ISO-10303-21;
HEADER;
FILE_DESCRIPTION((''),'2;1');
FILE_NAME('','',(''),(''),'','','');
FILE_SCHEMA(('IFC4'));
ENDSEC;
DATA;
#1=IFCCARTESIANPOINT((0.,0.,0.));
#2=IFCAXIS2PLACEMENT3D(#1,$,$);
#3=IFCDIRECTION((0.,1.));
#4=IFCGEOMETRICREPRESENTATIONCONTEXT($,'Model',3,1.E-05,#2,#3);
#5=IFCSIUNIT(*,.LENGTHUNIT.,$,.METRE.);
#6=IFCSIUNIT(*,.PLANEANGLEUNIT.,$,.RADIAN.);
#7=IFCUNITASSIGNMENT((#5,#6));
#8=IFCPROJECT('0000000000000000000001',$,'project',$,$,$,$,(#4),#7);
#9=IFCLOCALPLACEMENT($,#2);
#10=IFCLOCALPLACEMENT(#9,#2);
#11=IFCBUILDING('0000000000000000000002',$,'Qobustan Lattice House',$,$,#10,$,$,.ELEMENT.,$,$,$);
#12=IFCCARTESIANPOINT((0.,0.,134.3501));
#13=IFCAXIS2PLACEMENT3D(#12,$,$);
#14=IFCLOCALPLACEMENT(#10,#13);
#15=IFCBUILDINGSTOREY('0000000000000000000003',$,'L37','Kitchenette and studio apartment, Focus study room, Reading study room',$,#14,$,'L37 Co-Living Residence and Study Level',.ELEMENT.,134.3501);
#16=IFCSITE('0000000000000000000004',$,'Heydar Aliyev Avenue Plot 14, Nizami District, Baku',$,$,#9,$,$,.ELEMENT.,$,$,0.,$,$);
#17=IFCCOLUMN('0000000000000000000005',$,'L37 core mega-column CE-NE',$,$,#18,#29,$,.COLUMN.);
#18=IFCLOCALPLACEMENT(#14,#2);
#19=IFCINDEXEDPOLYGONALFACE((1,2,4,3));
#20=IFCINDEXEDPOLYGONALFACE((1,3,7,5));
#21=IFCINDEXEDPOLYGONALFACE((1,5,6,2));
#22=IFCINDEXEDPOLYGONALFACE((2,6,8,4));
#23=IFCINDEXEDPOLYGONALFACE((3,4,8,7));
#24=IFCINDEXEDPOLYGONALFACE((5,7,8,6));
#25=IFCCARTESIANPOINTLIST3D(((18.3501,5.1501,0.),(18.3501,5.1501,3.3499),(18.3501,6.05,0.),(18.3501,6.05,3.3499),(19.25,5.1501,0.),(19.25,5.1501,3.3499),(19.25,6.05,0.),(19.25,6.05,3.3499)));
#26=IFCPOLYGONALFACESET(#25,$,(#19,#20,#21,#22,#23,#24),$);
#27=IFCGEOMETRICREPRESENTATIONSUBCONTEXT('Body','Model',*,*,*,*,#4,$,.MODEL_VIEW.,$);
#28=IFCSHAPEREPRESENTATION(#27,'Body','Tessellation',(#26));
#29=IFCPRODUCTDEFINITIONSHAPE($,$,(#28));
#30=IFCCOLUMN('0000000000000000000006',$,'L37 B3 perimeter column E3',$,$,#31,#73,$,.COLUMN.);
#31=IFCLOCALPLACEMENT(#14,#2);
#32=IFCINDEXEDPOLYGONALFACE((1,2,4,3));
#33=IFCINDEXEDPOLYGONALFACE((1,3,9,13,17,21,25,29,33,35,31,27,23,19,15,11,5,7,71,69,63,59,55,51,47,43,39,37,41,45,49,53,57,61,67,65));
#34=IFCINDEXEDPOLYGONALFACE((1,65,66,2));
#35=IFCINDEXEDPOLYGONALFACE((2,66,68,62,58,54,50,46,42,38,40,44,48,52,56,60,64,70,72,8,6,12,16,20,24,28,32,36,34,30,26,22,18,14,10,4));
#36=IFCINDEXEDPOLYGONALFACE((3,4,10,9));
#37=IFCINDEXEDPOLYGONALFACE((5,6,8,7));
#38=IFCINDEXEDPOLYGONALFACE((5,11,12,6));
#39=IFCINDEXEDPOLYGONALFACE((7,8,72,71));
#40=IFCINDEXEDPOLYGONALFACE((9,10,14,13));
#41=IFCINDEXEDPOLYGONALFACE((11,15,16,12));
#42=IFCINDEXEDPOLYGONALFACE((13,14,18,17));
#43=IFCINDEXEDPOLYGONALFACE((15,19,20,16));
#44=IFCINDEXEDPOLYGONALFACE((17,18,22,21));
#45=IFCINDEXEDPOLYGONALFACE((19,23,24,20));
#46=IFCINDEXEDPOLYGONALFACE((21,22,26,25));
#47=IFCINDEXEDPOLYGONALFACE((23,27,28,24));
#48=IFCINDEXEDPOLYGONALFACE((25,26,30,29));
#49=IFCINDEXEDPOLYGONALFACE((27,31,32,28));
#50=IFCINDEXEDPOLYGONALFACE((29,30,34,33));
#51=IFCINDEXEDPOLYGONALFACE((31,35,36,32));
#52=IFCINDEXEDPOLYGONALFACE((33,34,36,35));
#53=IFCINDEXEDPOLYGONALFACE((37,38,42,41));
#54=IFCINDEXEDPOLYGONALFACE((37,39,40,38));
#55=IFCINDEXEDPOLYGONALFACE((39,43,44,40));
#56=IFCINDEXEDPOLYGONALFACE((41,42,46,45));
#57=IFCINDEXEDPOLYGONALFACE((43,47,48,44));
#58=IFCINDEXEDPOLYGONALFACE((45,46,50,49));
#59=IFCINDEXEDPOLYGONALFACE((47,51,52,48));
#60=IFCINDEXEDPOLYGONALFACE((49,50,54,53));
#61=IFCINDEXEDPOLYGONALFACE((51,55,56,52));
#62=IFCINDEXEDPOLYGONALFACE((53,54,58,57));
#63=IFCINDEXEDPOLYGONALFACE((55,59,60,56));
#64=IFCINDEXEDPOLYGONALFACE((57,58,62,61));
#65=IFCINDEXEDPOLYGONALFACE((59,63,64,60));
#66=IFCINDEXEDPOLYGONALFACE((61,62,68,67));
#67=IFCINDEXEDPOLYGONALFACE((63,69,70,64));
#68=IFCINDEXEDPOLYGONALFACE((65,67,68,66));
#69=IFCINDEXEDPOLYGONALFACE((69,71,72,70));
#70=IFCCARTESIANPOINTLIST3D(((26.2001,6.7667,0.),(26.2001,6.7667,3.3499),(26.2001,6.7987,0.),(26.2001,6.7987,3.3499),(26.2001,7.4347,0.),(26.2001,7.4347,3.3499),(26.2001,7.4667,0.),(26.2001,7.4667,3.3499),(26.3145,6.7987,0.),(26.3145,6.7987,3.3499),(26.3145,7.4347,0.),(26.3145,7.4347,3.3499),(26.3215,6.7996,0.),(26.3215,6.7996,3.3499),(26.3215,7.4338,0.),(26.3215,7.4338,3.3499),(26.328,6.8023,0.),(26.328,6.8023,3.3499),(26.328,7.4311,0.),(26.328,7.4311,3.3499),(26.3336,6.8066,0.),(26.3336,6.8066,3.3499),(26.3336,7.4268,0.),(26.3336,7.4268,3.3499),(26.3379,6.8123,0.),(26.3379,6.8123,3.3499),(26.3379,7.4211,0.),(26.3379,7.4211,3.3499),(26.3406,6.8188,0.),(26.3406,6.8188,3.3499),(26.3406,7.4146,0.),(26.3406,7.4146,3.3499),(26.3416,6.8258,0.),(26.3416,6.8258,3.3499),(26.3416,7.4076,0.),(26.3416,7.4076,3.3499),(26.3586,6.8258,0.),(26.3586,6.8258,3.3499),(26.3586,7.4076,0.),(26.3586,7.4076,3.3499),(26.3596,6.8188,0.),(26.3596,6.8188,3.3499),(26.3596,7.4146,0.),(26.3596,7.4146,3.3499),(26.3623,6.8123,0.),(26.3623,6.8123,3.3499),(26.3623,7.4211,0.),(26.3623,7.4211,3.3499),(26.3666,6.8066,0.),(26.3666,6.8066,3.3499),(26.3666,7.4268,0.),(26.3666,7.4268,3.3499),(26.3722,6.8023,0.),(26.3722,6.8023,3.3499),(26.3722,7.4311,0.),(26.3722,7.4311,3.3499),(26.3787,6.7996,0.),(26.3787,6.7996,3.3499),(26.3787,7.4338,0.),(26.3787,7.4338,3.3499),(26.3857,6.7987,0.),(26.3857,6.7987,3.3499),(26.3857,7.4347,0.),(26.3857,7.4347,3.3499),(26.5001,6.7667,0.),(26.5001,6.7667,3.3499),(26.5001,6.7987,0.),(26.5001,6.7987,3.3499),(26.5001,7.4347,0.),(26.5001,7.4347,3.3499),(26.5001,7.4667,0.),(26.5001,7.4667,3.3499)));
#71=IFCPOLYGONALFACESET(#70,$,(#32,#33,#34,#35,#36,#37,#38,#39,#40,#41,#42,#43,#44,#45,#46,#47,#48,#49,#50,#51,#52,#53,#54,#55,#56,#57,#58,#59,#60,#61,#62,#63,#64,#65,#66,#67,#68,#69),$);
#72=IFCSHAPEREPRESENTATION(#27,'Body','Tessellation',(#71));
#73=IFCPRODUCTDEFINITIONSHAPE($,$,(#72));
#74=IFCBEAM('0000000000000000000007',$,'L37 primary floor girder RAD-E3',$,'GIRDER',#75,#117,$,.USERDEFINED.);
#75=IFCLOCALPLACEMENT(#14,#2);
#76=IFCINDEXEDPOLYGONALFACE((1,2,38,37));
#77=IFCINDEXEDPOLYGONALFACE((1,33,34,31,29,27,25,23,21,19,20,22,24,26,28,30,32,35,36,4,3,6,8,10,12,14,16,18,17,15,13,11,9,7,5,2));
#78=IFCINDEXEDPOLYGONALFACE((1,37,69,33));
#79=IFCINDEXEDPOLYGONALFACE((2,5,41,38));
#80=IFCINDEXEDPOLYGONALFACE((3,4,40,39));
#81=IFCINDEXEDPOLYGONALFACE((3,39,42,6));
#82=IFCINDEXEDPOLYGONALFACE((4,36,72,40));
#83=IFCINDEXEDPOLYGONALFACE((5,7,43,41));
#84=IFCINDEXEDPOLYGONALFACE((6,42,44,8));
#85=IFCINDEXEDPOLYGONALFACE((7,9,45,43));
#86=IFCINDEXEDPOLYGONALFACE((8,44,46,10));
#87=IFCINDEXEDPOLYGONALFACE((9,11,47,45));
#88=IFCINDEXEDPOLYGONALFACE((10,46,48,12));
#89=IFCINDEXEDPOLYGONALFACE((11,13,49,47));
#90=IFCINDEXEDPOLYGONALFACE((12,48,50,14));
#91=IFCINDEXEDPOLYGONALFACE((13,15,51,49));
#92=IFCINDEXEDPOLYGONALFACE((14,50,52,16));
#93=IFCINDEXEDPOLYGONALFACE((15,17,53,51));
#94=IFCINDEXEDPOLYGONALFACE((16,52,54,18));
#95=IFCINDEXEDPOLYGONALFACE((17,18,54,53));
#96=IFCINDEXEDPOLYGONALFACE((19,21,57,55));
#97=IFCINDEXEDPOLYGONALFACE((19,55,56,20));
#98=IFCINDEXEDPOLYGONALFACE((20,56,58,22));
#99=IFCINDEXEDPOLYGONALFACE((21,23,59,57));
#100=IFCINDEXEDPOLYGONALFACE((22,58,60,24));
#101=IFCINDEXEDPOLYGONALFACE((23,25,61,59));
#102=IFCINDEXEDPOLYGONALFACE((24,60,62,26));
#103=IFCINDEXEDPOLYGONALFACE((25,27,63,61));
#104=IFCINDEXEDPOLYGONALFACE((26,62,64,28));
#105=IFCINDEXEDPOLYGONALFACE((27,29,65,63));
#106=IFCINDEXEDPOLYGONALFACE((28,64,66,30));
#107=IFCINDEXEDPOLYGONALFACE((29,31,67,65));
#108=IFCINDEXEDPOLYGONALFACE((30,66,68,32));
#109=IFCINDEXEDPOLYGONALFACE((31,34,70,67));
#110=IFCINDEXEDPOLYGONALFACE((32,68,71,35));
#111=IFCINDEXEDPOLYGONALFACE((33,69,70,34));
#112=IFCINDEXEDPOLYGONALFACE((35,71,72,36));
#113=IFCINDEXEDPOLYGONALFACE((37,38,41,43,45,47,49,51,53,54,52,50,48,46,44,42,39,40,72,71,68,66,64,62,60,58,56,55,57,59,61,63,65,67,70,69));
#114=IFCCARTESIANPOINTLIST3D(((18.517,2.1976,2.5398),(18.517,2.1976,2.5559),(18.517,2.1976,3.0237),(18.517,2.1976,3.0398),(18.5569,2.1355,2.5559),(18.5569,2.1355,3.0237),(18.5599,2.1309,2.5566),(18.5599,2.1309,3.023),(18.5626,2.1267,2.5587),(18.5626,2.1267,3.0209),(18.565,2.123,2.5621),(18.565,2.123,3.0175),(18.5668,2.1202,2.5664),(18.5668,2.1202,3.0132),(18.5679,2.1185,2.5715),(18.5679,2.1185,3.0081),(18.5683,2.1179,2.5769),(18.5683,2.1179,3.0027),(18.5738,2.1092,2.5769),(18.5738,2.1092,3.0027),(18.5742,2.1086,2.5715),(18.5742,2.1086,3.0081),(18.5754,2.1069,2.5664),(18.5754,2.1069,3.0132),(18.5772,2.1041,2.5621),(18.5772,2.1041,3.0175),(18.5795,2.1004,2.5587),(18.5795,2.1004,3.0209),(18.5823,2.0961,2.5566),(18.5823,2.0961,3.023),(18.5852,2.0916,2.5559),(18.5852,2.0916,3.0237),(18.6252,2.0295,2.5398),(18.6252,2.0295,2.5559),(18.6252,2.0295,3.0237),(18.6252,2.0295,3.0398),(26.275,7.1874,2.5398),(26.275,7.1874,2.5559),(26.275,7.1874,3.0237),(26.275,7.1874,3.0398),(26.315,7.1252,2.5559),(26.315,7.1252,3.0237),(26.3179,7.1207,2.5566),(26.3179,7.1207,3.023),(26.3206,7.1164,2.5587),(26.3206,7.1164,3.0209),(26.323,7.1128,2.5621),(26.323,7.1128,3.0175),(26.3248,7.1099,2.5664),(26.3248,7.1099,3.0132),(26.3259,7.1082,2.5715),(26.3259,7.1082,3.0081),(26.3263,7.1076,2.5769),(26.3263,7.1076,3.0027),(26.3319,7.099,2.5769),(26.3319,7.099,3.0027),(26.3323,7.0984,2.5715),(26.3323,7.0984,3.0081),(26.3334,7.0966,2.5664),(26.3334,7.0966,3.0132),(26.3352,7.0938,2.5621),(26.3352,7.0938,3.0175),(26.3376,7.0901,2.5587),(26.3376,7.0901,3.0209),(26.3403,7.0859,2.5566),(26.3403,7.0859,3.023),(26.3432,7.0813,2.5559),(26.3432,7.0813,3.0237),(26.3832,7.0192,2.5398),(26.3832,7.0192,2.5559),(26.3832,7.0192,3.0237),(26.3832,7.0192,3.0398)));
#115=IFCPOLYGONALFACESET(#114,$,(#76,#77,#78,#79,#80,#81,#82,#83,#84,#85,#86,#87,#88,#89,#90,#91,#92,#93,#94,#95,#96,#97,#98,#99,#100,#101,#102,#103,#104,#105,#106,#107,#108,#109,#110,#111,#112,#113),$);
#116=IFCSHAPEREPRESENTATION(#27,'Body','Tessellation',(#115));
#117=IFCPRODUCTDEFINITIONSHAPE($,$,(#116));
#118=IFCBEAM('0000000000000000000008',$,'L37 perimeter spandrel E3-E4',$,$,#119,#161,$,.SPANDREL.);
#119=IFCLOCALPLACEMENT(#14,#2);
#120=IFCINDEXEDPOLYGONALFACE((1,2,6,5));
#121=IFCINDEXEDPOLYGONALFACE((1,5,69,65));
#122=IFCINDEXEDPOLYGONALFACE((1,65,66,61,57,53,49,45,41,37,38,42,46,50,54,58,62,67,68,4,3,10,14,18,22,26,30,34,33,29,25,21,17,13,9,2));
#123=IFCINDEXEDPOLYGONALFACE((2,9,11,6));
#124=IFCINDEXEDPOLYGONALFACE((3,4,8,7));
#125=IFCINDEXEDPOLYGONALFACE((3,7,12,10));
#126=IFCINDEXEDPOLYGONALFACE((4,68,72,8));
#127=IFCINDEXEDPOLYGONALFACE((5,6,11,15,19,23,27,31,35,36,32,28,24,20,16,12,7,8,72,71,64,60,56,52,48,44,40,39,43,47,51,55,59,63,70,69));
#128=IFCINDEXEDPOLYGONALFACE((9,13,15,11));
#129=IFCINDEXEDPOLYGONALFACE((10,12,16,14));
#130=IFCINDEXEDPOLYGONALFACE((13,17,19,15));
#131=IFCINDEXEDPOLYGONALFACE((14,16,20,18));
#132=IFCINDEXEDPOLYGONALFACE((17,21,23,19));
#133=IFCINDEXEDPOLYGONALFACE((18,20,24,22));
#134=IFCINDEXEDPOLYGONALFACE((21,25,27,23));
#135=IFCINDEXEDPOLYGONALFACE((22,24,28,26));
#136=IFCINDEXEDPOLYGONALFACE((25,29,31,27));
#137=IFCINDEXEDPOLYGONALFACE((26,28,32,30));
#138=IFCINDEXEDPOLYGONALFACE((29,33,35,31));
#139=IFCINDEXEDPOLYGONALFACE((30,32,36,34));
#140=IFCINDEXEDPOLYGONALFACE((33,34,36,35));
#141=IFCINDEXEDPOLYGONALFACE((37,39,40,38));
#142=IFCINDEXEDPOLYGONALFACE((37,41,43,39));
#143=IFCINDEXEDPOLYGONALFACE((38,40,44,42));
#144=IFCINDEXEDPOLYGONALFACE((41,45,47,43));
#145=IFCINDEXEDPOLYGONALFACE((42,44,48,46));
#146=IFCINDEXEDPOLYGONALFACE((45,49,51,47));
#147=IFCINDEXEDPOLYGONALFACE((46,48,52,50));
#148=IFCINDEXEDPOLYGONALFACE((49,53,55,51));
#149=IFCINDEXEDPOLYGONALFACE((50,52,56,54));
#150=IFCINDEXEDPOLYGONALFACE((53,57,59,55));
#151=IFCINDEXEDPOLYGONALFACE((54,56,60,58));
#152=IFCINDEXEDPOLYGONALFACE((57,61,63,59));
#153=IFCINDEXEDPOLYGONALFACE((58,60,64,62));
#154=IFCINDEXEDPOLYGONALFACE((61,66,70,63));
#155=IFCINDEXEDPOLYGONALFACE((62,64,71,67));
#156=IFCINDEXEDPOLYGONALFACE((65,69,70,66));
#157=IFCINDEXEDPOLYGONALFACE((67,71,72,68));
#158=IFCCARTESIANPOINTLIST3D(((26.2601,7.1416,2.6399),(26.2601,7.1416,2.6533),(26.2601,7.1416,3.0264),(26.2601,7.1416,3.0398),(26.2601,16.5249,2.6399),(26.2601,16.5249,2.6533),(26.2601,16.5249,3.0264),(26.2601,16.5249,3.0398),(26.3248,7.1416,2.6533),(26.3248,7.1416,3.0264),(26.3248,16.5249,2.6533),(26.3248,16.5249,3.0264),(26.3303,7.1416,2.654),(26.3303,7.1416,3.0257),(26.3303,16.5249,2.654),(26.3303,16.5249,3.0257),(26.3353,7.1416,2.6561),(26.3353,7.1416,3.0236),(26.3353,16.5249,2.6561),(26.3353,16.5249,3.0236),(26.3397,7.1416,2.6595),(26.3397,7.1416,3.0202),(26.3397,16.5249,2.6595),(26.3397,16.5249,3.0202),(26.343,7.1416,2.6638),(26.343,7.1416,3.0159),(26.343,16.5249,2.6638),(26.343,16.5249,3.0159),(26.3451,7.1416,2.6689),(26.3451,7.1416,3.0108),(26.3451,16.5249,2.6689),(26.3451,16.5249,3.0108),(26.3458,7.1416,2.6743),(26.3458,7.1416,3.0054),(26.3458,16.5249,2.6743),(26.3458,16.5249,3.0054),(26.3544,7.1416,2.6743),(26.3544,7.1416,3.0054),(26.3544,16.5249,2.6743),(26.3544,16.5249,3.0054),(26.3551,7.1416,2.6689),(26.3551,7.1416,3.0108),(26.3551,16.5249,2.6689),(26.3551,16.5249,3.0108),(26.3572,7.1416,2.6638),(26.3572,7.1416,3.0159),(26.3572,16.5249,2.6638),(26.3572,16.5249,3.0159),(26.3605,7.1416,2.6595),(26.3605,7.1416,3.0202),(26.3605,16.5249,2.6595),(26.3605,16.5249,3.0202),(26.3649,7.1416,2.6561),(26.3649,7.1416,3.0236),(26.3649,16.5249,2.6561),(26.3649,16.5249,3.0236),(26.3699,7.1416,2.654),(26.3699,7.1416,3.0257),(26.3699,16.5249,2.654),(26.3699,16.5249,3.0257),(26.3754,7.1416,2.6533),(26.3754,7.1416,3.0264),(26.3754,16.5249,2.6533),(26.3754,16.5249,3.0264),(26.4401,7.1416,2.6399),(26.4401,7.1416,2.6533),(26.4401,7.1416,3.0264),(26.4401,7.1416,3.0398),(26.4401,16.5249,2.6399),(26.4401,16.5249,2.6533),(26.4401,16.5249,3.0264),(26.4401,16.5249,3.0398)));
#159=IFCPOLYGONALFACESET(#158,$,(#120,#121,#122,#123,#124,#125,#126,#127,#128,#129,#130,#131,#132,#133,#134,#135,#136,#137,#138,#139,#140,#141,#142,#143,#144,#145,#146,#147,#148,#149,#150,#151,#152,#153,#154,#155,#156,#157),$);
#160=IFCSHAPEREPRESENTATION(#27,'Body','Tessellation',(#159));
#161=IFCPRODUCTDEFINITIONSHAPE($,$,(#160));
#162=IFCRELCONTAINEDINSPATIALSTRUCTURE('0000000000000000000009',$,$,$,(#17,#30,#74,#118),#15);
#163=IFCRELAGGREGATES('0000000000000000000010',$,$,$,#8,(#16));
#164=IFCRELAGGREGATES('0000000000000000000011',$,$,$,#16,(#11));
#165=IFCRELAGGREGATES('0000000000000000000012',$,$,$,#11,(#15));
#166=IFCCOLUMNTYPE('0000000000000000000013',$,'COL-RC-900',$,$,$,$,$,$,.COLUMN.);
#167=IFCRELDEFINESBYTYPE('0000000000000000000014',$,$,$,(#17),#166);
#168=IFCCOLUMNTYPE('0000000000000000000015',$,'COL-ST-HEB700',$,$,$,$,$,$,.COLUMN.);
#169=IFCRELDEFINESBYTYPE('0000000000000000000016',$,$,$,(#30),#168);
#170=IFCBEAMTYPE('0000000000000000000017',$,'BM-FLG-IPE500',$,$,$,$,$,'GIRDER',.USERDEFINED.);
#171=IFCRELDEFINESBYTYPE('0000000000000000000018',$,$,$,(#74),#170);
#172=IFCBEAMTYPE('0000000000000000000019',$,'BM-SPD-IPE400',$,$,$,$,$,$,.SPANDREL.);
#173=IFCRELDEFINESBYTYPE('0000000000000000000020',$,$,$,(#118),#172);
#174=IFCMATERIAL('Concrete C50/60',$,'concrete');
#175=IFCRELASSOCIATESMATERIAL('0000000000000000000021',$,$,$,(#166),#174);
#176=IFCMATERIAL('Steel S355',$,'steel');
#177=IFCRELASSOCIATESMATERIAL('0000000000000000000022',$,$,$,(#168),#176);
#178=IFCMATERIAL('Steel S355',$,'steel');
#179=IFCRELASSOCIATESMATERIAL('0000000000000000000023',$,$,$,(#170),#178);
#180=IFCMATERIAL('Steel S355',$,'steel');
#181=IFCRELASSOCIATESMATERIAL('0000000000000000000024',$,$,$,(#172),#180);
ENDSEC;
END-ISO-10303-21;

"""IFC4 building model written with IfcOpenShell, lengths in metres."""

from ifc_helpers import new_model, si_unit, direction, frame, origin, origin_2d, place, context, subcontext, project, spatial, rectangle, i_section, extrude, material, material_profile, profile_set, type_object, element, save


model = new_model("IFC4")

# Units and contexts
model_context = context("Model", 3, precision=1e-05, world=origin(), true_north=direction((0.0, 1.0)))
body_context = subcontext(model_context, "Body", "Model", "MODEL_VIEW")
ifc_project = project(units=[si_unit("LENGTHUNIT", "METRE"), si_unit("PLANEANGLEUNIT", "RADIAN")], contexts=[model_context])

# Site, building, storey
site_placement = place(None, origin())
site = spatial("IfcSite", under=ifc_project, at=site_placement, Name="Heydar Aliyev Avenue Plot 14, Nizami District, Baku", CompositionType="ELEMENT", RefElevation=0.0)
building_placement = place(site_placement, origin())
building = spatial("IfcBuilding", under=site, at=building_placement, Name="Qobustan Lattice House", CompositionType="ELEMENT")
storey_placement = place(building_placement, frame((0.0, 0.0, 134.3501)))
storey = spatial("IfcBuildingStorey", under=building, at=storey_placement, Name="L37", Description="Kitchenette and studio apartment, Focus study room, Reading study room", LongName="L37 Co-Living Residence and Study Level", CompositionType="ELEMENT", Elevation=134.3501)

# Columns
ifc_material_1 = material(Name="Concrete C50/60", Category="concrete")
ifc_material_profile_1 = material_profile(ifc_material_1, rectangle(XDim=0.8999, YDim=0.8999, at=origin_2d()), Name="RC900x900")
ifc_profile_set_1 = profile_set([ifc_material_profile_1], Name="Concrete C50/60")
column_type_1 = type_object("IfcColumnType", Name="COL-RC-900", PredefinedType="COLUMN", material=ifc_profile_set_1)
column_1_placement = place(storey_placement, frame((18.8, 5.6001, 0.0), z_axis=(0.0, 0.0, 1.0), x_axis=(1.0, 0.0, 0.0)))
element("IfcColumn", 1, at=column_1_placement, inside=storey, type_object=column_type_1, Name="L37 core mega-column CE-NE", PredefinedType="COLUMN", context=body_context, shape_type="SweptSolid", body=[
    extrude(rectangle(XDim=0.8999, YDim=0.8999, at=origin_2d()), origin(), (0.0, 0.0, 1.0), 3.3499),
])
ifc_material_2 = material(Name="Steel S355", Category="steel")
ifc_material_profile_2 = material_profile(ifc_material_2, i_section(OverallWidth=0.3, OverallDepth=0.7, WebThickness=0.0171, FlangeThickness=0.032, FilletRadius=0.0271, at=origin_2d()), Name="HEB700")
ifc_profile_set_2 = profile_set([ifc_material_profile_2], Name="Steel S355")
column_type_2 = type_object("IfcColumnType", Name="COL-ST-HEB700", PredefinedType="COLUMN", material=ifc_profile_set_2)
column_2_placement = place(storey_placement, frame((26.3501, 7.1167, 0.0), z_axis=(0.0, 0.0, 1.0), x_axis=(1.0, 0.0, 0.0)))
element("IfcColumn", 2, at=column_2_placement, inside=storey, type_object=column_type_2, Name="L37 B3 perimeter column E3", PredefinedType="COLUMN", context=body_context, shape_type="SweptSolid", body=[
    extrude(i_section(OverallWidth=0.3, OverallDepth=0.7, WebThickness=0.0171, FlangeThickness=0.032, FilletRadius=0.0271, at=origin_2d()), origin(), (0.0, 0.0, 1.0), 3.3499),
])

# Beams
ifc_material_3 = material(Name="Steel S355", Category="steel")
ifc_material_profile_3 = material_profile(ifc_material_3, i_section(OverallWidth=0.2, OverallDepth=0.5, WebThickness=0.0103, FlangeThickness=0.0161, FilletRadius=0.021, at=origin_2d()), Name="IPE500")
ifc_profile_set_3 = profile_set([ifc_material_profile_3], Name="Steel S355")
beam_type_1 = type_object("IfcBeamType", Name="BM-FLG-IPE500", ElementType="GIRDER", PredefinedType="USERDEFINED", material=ifc_profile_set_3)
beam_1_placement = place(storey_placement, frame((26.3291, 7.1033, 2.7898), z_axis=(-0.841059, -0.540944, 0.0), x_axis=(0.540944, -0.841059, 0.0)))
element("IfcBeam", 3, at=beam_1_placement, inside=storey, type_object=beam_type_1, Name="L37 primary floor girder RAD-E3", ObjectType="GIRDER", PredefinedType="USERDEFINED", context=body_context, shape_type="SweptSolid", body=[
    extrude(i_section(OverallWidth=0.2, OverallDepth=0.5, WebThickness=0.0103, FlangeThickness=0.0161, FilletRadius=0.021, at=origin_2d()), origin(), (0.0, 0.0, 1.0), 9.2241),
])
ifc_material_4 = material(Name="Steel S355", Category="steel")
ifc_material_profile_4 = material_profile(ifc_material_4, i_section(OverallWidth=0.1799, OverallDepth=0.3999, WebThickness=0.0085, FlangeThickness=0.0134, FilletRadius=0.021, at=origin_2d()), Name="IPE400")
ifc_profile_set_4 = profile_set([ifc_material_profile_4], Name="Steel S355")
beam_type_2 = type_object("IfcBeamType", Name="BM-SPD-IPE400", PredefinedType="SPANDREL", material=ifc_profile_set_4)
beam_2_placement = place(storey_placement, frame((26.3501, 7.1416, 2.8398), z_axis=(0.0, 1.0, 0.0), x_axis=(-1.0, 0.0, 0.0)))
element("IfcBeam", 4, at=beam_2_placement, inside=storey, type_object=beam_type_2, Name="L37 perimeter spandrel E3-E4", PredefinedType="SPANDREL", context=body_context, shape_type="SweptSolid", body=[
    extrude(i_section(OverallWidth=0.1799, OverallDepth=0.3999, WebThickness=0.0085, FlangeThickness=0.0134, FilletRadius=0.021, at=origin_2d()), origin(), (0.0, 0.0, 1.0), 9.3833),
])

save(model, "model.ifc")
